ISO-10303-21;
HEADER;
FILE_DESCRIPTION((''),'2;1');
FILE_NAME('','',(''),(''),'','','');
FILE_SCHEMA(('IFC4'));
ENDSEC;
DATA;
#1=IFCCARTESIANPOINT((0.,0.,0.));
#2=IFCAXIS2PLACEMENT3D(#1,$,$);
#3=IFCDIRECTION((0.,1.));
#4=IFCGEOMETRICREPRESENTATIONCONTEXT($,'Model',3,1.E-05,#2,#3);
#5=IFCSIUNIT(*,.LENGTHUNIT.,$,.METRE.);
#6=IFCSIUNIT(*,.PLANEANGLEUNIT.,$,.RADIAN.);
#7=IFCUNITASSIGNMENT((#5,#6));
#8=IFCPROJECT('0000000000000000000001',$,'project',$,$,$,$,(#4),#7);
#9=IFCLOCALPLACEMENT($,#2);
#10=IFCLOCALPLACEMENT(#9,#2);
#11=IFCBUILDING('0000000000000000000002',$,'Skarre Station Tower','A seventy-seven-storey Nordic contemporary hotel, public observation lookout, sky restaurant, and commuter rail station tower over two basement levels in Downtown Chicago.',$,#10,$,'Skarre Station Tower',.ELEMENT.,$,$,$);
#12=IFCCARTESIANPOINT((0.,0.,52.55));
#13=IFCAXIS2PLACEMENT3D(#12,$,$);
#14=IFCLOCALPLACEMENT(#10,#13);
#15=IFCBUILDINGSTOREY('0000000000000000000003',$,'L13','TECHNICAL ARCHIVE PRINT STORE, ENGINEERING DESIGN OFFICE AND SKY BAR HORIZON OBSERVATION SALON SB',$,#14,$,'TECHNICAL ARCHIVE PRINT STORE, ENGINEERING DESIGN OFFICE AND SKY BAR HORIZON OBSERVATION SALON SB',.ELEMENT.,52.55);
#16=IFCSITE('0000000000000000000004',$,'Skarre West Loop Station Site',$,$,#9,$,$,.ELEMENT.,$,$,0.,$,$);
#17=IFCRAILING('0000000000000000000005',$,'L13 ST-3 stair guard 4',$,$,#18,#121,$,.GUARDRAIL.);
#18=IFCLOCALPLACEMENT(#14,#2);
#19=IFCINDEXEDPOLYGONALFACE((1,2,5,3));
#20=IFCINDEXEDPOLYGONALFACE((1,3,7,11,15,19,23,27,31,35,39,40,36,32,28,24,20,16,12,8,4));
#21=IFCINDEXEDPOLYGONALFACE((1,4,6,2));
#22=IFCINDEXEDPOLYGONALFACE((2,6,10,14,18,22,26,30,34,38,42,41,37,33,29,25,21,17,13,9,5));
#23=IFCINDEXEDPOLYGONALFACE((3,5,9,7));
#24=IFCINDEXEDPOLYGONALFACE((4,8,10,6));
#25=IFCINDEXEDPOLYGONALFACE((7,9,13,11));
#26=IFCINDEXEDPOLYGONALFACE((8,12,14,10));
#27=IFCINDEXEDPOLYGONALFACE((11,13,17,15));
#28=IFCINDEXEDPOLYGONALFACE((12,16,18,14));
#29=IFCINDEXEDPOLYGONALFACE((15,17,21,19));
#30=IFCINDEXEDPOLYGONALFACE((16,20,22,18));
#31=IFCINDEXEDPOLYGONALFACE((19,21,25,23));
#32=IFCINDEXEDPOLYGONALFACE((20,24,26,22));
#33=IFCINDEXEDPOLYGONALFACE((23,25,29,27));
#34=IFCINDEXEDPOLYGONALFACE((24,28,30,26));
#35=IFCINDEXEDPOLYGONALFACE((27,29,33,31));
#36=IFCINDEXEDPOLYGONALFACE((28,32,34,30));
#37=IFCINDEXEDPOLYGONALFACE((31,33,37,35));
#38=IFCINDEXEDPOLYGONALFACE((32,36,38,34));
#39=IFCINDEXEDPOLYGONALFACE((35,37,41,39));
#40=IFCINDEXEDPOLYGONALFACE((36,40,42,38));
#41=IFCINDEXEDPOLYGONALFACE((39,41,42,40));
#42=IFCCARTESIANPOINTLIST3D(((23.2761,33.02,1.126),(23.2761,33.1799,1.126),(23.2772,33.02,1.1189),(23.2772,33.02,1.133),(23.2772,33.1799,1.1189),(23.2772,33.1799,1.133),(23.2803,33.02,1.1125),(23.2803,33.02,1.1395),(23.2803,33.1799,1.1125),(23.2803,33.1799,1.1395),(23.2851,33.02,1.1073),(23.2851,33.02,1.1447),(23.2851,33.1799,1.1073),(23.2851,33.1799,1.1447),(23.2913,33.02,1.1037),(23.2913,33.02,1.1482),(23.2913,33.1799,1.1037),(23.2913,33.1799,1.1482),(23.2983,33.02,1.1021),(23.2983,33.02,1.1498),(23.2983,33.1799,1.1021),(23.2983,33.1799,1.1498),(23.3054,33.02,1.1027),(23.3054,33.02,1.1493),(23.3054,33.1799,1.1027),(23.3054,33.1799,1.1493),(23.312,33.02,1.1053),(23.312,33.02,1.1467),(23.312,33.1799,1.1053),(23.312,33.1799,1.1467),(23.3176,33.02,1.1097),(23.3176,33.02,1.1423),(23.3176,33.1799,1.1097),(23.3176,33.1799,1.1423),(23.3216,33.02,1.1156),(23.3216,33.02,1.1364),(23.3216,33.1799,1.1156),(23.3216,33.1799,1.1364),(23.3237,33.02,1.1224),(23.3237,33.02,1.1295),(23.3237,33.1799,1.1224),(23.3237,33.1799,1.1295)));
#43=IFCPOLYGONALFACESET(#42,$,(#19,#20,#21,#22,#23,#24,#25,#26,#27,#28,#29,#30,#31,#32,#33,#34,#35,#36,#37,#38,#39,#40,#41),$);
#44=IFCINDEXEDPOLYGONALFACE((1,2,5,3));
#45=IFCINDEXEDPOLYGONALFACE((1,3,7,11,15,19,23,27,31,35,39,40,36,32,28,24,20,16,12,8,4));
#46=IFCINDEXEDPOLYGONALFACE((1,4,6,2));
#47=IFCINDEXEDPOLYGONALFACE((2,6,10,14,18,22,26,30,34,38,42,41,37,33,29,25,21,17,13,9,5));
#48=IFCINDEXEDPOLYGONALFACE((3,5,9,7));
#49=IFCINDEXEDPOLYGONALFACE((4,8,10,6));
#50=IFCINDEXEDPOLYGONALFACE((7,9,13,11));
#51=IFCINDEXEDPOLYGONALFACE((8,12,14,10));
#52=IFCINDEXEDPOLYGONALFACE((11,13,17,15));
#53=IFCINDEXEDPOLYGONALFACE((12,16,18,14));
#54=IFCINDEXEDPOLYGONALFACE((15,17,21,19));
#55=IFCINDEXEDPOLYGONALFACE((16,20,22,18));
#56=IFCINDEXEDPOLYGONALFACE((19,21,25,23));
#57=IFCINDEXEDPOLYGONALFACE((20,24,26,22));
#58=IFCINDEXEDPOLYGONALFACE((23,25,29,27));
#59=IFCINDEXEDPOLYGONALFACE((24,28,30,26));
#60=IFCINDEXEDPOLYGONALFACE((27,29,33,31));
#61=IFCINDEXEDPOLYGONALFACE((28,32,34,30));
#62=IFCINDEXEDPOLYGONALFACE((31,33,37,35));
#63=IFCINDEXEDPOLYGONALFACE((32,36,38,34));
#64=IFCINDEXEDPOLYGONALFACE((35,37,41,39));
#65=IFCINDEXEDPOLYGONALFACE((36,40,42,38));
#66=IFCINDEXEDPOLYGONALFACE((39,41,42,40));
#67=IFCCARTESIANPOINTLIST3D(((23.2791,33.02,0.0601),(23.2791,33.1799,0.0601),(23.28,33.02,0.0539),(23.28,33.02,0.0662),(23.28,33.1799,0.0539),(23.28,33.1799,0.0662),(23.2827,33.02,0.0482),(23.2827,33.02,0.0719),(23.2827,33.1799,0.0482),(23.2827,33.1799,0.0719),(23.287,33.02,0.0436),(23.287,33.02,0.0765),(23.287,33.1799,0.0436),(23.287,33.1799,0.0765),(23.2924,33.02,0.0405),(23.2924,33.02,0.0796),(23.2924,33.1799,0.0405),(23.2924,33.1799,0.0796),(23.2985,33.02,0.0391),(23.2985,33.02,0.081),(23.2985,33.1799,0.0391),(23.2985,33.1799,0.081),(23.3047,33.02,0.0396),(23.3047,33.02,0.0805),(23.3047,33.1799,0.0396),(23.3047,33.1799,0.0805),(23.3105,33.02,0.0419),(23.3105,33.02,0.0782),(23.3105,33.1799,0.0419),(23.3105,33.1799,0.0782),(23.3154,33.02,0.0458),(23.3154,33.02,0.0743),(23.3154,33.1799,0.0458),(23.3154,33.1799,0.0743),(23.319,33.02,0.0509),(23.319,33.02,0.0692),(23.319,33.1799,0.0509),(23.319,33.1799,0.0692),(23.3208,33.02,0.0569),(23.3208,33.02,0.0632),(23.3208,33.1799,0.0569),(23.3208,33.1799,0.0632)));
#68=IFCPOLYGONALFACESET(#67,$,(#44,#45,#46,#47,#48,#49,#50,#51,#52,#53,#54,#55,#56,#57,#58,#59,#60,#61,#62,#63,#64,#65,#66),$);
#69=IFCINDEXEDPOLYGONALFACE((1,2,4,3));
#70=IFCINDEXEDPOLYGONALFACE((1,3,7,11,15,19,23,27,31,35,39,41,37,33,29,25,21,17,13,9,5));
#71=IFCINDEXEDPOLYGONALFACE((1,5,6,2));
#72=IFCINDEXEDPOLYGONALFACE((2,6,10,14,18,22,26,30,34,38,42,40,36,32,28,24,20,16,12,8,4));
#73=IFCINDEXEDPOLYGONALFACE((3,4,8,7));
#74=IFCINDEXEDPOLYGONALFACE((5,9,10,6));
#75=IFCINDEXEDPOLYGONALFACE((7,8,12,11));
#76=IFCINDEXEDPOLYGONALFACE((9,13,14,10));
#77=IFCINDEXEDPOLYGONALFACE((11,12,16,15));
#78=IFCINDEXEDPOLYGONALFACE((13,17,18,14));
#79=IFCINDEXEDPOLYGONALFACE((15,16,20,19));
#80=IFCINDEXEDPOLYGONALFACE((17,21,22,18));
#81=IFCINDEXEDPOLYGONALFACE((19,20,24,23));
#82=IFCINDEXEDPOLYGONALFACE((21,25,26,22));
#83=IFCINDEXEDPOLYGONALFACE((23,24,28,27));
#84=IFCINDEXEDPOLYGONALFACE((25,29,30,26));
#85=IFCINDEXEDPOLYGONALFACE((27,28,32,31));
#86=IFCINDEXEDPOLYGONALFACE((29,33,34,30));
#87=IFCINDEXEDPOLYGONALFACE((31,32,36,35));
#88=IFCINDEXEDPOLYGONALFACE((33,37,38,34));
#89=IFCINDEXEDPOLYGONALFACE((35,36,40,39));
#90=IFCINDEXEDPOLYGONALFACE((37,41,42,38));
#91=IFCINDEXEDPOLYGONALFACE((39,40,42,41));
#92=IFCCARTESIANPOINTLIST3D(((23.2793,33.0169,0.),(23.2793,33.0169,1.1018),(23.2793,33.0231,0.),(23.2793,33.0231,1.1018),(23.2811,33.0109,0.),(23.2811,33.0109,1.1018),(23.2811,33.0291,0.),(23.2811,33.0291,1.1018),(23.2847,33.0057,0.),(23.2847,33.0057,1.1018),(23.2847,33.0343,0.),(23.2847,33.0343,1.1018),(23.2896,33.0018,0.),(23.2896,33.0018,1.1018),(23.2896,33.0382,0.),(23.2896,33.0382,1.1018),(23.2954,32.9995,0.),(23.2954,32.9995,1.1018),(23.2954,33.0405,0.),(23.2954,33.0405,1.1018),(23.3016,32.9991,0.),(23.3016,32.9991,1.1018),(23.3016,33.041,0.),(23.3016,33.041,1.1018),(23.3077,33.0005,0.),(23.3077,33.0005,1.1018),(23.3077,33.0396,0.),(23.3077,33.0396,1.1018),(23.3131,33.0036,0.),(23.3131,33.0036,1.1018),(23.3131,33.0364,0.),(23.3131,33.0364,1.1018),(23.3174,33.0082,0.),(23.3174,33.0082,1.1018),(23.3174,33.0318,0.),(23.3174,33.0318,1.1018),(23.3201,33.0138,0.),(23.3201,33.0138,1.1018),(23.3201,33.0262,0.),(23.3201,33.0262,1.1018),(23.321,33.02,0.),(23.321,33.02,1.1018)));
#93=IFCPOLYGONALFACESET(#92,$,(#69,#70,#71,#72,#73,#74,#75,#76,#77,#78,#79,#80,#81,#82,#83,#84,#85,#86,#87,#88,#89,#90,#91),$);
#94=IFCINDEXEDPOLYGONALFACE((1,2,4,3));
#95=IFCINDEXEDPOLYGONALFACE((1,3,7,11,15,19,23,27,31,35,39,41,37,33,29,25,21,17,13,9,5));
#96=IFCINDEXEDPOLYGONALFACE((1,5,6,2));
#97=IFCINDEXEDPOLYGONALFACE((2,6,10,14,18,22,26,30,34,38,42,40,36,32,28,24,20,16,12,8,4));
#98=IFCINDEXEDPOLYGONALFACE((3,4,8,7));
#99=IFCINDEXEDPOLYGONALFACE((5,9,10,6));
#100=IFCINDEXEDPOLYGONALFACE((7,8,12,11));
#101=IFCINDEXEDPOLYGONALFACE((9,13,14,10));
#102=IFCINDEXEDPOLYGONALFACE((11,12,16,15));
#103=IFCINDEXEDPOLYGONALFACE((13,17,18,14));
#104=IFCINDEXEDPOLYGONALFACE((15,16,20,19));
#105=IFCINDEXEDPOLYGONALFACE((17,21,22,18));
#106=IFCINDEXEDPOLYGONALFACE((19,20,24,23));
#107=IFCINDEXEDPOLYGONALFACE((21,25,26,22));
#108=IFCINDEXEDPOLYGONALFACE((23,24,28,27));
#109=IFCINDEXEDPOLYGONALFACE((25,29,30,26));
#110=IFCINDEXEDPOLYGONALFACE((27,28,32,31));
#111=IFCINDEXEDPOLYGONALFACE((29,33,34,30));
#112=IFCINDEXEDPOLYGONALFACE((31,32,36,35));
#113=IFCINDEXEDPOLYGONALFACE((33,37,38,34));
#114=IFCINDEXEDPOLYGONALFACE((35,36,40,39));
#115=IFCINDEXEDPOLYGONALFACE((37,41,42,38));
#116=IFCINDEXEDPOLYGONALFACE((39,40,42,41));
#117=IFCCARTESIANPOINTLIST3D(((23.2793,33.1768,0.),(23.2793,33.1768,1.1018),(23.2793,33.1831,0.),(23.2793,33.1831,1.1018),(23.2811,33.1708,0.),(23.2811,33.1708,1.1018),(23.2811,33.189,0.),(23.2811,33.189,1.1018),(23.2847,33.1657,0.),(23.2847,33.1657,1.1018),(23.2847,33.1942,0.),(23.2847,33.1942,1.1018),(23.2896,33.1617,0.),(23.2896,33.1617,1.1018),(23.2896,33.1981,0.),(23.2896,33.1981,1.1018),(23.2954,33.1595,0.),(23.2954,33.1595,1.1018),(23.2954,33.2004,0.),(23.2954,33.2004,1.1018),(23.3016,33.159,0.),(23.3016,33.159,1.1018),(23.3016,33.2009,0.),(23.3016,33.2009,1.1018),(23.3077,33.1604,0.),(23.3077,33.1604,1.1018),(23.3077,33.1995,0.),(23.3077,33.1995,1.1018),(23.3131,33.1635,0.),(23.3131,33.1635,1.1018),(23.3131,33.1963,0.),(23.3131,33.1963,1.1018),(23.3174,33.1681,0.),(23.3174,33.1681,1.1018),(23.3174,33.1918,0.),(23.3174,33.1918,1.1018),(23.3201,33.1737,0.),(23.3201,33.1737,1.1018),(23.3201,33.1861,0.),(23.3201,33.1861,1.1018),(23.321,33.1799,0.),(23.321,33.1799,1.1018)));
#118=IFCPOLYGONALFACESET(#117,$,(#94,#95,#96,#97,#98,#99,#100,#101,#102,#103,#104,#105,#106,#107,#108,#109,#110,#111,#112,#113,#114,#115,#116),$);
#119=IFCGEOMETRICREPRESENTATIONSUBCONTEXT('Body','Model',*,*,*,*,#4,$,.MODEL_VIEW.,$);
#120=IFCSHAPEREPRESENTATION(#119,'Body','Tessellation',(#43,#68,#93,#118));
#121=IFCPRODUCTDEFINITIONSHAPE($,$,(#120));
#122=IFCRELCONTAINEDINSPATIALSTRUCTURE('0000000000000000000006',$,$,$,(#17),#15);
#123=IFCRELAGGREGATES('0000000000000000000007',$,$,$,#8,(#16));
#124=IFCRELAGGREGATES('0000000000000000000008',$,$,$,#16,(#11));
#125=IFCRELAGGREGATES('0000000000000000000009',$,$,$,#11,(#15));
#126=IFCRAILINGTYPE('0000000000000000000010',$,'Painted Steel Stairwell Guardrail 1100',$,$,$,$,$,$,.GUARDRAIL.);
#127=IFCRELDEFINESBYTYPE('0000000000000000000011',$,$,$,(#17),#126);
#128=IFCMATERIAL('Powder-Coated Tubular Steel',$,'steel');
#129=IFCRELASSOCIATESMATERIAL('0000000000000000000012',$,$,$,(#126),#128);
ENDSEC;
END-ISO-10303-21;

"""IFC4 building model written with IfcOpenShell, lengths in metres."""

from ifc_helpers import new_model, si_unit, direction, frame, origin, origin_2d, place, context, subcontext, project, spatial, circle, extrude, material, type_object, element, save


model = new_model("IFC4")

# Units and contexts
model_context = context("Model", 3, precision=1e-05, world=origin(), true_north=direction((0.0, 1.0)))
body_context = subcontext(model_context, "Body", "Model", "MODEL_VIEW")
ifc_project = project(units=[si_unit("LENGTHUNIT", "METRE"), si_unit("PLANEANGLEUNIT", "RADIAN")], contexts=[model_context])

# Site, building, storey
site_placement = place(None, origin())
site = spatial("IfcSite", under=ifc_project, at=site_placement, Name="Skarre West Loop Station Site", CompositionType="ELEMENT", RefElevation=0.0)
building_placement = place(site_placement, origin())
building = spatial("IfcBuilding", under=site, at=building_placement, Name="Skarre Station Tower", Description="A seventy-seven-storey Nordic contemporary hotel, public observation lookout, sky restaurant, and commuter rail station tower over two basement levels in Downtown Chicago.", LongName="Skarre Station Tower", CompositionType="ELEMENT")
storey_placement = place(building_placement, frame((0.0, 0.0, 52.55)))
storey = spatial("IfcBuildingStorey", under=building, at=storey_placement, Name="L13", Description="TECHNICAL ARCHIVE PRINT STORE, ENGINEERING DESIGN OFFICE AND SKY BAR HORIZON OBSERVATION SALON SB", LongName="TECHNICAL ARCHIVE PRINT STORE, ENGINEERING DESIGN OFFICE AND SKY BAR HORIZON OBSERVATION SALON SB", CompositionType="ELEMENT", Elevation=52.55)

# Railing
ifc_material_1 = material(Name="Powder-Coated Tubular Steel", Category="steel")
railing_type_1 = type_object("IfcRailingType", Name="Painted Steel Stairwell Guardrail 1100", PredefinedType="GUARDRAIL", material=ifc_material_1)
railing_1_placement = place(storey_placement, frame((23.3, 33.02, 0.0)))
element("IfcRailing", 1, at=railing_1_placement, inside=storey, type_object=railing_type_1, Name="L13 ST-3 stair guard 4", PredefinedType="GUARDRAIL", context=body_context, shape_type="SweptSolid", body=[
    extrude(circle(Radius=0.0239, at=origin_2d()), frame((0.0, 0.0, 1.126), z_axis=(0.0, 1.0, 0.0), x_axis=(-1.0, 0.0, 0.0)), (0.0, 0.0, 1.0), 0.1599),
    extrude(circle(Radius=0.021, at=origin_2d()), frame((0.0, 0.0, 0.0601), z_axis=(0.0, 1.0, 0.0), x_axis=(-1.0, 0.0, 0.0)), (0.0, 0.0, 1.0), 0.1599),
    extrude(circle(Radius=0.021, at=origin_2d()), origin(), (0.0, 0.0, 1.0), 1.1018),
    extrude(circle(Radius=0.021, at=origin_2d()), frame((0.0, 0.1599, 0.0)), (0.0, 0.0, 1.0), 1.1018),
])

save(model, "model.ifc")
